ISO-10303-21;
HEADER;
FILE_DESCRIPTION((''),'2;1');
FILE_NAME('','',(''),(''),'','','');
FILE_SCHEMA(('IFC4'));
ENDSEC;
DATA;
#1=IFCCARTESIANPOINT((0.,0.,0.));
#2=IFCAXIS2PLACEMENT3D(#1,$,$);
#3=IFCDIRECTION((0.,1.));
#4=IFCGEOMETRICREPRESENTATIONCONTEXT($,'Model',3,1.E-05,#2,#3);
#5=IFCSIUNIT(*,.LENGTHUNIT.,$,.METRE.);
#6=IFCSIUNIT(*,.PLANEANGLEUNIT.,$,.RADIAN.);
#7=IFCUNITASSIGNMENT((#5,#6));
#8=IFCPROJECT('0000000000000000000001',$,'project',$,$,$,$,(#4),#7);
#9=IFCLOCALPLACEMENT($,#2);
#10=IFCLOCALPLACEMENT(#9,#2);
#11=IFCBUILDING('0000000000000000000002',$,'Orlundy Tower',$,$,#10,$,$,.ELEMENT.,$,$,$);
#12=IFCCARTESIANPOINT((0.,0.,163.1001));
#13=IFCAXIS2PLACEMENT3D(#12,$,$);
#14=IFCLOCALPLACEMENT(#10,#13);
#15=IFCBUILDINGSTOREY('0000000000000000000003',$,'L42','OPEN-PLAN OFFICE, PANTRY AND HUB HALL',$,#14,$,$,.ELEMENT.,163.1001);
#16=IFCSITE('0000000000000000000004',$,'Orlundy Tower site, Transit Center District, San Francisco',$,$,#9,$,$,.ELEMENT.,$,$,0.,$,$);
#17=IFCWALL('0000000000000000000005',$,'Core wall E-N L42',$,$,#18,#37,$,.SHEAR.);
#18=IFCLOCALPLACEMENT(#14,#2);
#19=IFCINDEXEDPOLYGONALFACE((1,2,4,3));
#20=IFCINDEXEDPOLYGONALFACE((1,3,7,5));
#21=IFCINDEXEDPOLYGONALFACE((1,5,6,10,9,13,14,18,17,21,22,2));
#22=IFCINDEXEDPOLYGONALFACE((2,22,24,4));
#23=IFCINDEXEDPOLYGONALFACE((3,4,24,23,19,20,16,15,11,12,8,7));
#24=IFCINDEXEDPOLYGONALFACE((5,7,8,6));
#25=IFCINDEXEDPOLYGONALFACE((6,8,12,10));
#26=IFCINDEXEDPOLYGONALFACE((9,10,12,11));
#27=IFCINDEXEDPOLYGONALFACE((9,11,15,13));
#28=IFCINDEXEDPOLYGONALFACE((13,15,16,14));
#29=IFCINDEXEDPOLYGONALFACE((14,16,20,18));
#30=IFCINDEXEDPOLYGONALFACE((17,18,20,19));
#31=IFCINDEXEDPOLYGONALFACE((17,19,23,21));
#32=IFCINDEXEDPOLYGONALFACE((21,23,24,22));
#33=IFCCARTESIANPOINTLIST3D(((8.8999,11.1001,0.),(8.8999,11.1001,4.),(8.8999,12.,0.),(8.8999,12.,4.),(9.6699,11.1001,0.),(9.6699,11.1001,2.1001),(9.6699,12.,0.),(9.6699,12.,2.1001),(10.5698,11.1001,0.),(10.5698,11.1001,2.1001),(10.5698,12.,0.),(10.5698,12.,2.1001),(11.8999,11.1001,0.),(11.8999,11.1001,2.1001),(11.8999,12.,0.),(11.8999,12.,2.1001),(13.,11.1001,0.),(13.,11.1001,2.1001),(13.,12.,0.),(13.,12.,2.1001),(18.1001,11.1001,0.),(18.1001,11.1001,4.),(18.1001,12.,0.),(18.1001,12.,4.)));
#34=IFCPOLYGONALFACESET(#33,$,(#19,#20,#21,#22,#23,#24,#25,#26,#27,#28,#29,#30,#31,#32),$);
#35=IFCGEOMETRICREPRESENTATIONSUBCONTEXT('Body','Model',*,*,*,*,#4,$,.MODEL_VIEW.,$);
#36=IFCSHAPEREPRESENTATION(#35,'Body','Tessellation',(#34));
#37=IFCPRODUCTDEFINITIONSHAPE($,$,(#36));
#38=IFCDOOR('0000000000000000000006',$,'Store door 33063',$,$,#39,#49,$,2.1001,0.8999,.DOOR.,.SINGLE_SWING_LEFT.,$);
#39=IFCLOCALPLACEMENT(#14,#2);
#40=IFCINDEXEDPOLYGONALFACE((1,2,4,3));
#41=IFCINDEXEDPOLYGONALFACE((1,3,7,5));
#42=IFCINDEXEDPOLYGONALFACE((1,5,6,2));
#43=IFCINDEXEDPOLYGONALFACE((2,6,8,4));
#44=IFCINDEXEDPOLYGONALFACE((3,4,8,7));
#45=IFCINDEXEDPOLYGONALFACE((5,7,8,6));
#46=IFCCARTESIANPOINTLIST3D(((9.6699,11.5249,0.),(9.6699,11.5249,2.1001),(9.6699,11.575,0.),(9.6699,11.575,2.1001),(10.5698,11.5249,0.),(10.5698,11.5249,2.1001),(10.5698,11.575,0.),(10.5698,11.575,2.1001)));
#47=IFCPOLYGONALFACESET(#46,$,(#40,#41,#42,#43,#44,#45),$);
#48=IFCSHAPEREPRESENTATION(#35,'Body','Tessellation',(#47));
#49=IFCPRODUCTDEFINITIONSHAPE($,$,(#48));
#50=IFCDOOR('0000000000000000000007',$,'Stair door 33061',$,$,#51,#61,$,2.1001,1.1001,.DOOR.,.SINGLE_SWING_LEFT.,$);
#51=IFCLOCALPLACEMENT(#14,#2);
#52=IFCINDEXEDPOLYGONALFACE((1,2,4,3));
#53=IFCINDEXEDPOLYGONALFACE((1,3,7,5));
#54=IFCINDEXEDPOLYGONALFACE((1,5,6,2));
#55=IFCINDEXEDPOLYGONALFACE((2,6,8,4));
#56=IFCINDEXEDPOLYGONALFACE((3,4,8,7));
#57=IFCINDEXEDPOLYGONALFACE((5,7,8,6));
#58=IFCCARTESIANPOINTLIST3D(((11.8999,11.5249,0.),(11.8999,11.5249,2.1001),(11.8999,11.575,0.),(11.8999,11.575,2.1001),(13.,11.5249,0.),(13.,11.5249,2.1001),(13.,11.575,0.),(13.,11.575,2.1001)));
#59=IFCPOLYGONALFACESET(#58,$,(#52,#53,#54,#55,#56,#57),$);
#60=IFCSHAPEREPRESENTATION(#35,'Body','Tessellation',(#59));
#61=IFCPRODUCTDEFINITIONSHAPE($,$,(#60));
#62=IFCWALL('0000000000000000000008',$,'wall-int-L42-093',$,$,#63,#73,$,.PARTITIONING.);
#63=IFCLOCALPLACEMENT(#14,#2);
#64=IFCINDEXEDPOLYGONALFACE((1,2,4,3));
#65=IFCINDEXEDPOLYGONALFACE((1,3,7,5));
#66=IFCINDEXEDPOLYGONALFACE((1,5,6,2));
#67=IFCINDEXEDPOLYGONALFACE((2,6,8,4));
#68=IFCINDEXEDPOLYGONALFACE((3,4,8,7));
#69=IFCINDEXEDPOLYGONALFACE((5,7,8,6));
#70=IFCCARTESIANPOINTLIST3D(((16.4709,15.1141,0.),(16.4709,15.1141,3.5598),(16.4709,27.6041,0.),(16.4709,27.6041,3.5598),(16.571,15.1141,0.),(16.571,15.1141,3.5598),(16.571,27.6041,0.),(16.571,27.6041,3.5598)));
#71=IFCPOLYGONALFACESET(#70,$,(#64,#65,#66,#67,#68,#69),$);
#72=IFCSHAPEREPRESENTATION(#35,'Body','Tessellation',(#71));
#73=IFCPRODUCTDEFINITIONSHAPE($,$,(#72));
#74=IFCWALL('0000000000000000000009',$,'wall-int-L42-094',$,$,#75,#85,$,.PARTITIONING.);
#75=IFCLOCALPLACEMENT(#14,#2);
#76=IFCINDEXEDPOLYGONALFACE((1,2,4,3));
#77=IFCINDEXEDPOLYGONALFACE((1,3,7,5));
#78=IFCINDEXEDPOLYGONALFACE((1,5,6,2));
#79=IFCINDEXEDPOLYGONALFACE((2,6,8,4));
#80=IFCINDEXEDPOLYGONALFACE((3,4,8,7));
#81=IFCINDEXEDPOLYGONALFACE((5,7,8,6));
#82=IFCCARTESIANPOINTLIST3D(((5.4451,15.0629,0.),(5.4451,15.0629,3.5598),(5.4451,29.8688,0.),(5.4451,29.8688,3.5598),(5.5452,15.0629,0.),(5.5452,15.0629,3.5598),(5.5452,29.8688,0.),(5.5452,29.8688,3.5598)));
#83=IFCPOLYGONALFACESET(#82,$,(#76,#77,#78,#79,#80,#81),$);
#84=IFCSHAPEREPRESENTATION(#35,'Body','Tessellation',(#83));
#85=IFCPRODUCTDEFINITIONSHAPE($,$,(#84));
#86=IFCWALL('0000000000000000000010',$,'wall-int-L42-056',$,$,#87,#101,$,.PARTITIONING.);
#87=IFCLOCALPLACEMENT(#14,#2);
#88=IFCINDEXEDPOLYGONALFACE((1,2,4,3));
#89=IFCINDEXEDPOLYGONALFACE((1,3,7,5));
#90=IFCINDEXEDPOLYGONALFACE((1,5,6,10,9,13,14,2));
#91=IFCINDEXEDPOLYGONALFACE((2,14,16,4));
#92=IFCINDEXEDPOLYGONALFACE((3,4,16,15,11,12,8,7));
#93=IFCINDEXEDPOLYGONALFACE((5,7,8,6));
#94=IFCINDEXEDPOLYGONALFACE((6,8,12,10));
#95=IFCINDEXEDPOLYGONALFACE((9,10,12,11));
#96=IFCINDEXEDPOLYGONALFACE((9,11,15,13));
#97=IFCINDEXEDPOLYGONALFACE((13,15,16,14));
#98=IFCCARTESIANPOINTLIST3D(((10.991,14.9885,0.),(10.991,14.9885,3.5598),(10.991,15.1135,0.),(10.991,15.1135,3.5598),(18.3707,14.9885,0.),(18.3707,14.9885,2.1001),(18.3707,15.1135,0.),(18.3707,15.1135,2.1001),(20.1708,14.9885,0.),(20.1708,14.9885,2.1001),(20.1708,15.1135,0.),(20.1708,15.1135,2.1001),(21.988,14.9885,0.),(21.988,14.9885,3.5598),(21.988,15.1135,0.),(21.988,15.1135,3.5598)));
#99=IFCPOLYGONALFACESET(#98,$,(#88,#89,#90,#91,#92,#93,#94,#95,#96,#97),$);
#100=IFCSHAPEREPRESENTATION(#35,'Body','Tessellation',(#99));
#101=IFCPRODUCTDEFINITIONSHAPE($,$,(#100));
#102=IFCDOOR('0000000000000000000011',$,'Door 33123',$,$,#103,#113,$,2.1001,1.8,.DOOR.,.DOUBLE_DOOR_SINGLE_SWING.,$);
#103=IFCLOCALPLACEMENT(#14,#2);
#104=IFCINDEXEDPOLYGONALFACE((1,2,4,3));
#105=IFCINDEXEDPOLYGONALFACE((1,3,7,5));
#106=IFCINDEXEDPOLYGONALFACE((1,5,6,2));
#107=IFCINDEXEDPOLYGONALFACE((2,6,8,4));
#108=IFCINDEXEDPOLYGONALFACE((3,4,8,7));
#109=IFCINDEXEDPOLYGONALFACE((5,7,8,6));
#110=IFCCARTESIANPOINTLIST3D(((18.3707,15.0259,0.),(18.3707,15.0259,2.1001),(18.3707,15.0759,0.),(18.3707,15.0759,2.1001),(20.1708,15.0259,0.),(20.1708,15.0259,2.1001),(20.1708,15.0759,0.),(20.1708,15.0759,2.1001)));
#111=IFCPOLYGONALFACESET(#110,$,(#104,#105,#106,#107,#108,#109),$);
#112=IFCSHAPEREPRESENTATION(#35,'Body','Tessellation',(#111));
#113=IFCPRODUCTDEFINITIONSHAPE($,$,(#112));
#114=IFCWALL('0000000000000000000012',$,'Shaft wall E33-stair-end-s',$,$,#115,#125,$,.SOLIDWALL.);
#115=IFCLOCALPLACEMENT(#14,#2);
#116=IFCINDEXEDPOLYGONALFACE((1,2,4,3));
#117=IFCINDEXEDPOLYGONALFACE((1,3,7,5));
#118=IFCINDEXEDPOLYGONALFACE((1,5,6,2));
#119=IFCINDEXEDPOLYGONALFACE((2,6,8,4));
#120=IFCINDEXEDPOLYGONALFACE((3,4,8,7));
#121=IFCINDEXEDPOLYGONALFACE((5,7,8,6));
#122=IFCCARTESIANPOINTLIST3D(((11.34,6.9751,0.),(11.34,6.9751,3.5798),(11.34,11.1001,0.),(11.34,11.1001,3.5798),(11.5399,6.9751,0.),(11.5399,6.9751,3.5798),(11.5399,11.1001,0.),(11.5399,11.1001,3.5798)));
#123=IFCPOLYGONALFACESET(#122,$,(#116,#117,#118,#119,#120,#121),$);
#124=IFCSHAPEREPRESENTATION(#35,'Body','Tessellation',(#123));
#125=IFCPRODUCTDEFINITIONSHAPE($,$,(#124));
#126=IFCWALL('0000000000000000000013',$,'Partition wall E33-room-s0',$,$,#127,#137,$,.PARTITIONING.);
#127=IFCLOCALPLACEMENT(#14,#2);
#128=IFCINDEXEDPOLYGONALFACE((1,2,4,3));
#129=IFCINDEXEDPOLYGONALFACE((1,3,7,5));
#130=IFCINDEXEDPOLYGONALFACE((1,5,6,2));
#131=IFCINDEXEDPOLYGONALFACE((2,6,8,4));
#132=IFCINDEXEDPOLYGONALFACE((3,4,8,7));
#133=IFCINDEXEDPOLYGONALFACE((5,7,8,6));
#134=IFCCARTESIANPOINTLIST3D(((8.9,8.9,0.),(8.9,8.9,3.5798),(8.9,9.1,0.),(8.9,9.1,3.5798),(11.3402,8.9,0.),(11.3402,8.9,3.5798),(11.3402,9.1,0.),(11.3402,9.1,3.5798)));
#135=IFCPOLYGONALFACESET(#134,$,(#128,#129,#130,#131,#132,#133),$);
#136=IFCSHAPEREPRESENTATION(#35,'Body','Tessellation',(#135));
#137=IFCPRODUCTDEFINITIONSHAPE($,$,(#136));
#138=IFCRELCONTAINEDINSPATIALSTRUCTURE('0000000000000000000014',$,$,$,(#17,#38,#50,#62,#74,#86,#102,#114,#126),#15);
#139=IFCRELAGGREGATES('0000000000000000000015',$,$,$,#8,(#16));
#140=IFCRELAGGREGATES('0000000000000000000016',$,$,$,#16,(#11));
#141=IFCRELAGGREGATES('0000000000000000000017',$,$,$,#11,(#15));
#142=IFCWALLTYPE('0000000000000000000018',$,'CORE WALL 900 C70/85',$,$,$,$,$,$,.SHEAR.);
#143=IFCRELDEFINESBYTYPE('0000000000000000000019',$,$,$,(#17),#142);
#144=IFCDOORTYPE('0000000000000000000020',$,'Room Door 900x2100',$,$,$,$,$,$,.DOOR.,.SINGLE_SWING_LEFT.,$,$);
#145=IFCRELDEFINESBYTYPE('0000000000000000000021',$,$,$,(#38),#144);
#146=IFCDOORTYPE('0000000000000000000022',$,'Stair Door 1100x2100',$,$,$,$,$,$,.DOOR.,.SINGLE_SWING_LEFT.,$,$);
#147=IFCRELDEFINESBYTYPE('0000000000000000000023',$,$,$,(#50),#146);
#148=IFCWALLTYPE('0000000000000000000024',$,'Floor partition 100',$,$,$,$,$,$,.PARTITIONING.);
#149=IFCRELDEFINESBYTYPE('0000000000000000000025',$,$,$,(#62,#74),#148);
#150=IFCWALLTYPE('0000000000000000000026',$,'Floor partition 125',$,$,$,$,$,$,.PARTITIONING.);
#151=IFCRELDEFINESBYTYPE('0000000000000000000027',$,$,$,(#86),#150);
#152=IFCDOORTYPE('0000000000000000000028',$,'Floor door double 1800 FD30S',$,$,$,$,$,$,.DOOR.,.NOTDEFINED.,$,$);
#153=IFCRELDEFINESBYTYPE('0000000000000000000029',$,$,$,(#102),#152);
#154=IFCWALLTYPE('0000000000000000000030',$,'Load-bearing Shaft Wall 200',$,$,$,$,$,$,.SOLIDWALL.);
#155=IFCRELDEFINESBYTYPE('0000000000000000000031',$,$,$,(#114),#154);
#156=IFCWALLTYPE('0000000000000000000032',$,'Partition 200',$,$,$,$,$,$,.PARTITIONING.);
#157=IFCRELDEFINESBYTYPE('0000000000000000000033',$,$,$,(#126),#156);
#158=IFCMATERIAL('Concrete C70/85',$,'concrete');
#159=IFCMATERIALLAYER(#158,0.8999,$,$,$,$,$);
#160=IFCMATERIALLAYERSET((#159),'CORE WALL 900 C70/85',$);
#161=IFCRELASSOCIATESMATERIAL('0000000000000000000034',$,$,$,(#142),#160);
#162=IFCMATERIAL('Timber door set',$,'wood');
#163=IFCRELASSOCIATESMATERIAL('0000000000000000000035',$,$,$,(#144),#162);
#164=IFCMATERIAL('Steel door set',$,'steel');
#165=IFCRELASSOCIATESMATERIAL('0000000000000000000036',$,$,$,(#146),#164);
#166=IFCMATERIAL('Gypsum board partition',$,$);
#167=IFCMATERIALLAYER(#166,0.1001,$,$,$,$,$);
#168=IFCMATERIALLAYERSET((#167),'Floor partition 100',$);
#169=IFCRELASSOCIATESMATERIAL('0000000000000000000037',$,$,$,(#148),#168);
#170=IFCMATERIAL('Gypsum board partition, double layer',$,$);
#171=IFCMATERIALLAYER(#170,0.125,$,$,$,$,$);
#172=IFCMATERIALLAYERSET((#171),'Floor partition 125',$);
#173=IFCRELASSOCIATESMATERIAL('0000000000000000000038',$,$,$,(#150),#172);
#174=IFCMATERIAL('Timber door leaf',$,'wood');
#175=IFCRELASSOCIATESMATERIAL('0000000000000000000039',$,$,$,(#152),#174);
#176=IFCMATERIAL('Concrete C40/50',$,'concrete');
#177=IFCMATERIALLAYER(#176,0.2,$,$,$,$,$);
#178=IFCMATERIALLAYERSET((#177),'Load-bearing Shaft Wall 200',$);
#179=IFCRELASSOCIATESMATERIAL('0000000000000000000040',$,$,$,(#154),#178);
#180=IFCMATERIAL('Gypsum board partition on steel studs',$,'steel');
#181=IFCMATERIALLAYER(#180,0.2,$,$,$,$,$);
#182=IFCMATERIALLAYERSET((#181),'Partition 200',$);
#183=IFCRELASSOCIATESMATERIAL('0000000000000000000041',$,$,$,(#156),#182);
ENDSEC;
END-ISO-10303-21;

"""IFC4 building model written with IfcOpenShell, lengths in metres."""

from ifc_helpers import new_model, si_unit, direction, frame, frame_2d, origin, place, context, subcontext, project, spatial, rectangle, extrude, material, layer, layer_set, type_object, element, fill, save


model = new_model("IFC4")

# Units and contexts
model_context = context("Model", 3, precision=1e-05, world=origin(), true_north=direction((0.0, 1.0)))
body_context = subcontext(model_context, "Body", "Model", "MODEL_VIEW")
ifc_project = project(units=[si_unit("LENGTHUNIT", "METRE"), si_unit("PLANEANGLEUNIT", "RADIAN")], contexts=[model_context])

# Site, building, storey
site_placement = place(None, origin())
site = spatial("IfcSite", under=ifc_project, at=site_placement, Name="Orlundy Tower site, Transit Center District, San Francisco", CompositionType="ELEMENT", RefElevation=0.0)
building_placement = place(site_placement, origin())
building = spatial("IfcBuilding", under=site, at=building_placement, Name="Orlundy Tower", CompositionType="ELEMENT")
storey_placement = place(building_placement, frame((0.0, 0.0, 163.1001)))
storey = spatial("IfcBuildingStorey", under=building, at=storey_placement, Name="L42", Description="OPEN-PLAN OFFICE, PANTRY AND HUB HALL", CompositionType="ELEMENT", Elevation=163.1001)

# Wall, openings, doors
ifc_material_1 = material(Name="Concrete C70/85", Category="concrete")
ifc_layer_1 = layer(ifc_material_1, 0.8999)
ifc_layer_set_1 = layer_set([ifc_layer_1], Name="CORE WALL 900 C70/85")
wall_type_1 = type_object("IfcWallType", Name="CORE WALL 900 C70/85", PredefinedType="SHEAR", material=ifc_layer_set_1)
wall_1_placement = place(storey_placement, frame((8.8999, 11.55, 0.0), z_axis=(0.0, 0.0, 1.0), x_axis=(1.0, 0.0, 0.0)))
wall_1 = element("IfcWall", 1, at=wall_1_placement, inside=storey, type_object=wall_type_1, Name="Core wall E-N L42", PredefinedType="SHEAR", context=body_context, shape_type="SweptSolid", body=[
    extrude(rectangle(XDim=9.2002, YDim=0.8999, at=frame_2d((4.6001, 0.0))), origin(), (0.0, 0.0, 1.0), 4.0),
])
opening_1_placement = place(wall_1_placement, frame((3.0, 0.0, 0.0)))
opening_1 = element("IfcOpeningElement", 2, at=opening_1_placement, cuts=wall_1, PredefinedType="OPENING", context=body_context, shape_type="SweptSolid", body=[
    extrude(rectangle(XDim=1.1001, YDim=2.1001, at=frame_2d((0.55, 1.05))), frame((0.0, 0.46, 0.0), z_axis=(0.0, -1.0, 0.0), x_axis=(1.0, 0.0, 0.0)), (0.0, 0.0, 1.0), 0.9199),
])
opening_2_placement = place(wall_1_placement, frame((0.77, 0.0, 0.0)))
opening_2 = element("IfcOpeningElement", 3, at=opening_2_placement, cuts=wall_1, PredefinedType="OPENING", context=body_context, shape_type="SweptSolid", body=[
    extrude(rectangle(XDim=0.8999, YDim=2.1001, at=frame_2d((0.45, 1.05))), frame((0.0, 0.46, 0.0), z_axis=(0.0, -1.0, 0.0), x_axis=(1.0, 0.0, 0.0)), (0.0, 0.0, 1.0), 0.9199),
])
ifc_material_2 = material(Name="Timber door set", Category="wood")
door_type_1 = type_object("IfcDoorType", Name="Room Door 900x2100", OperationType="SINGLE_SWING_LEFT", PredefinedType="DOOR", material=ifc_material_2)
door_1_placement = place(opening_2_placement, origin())
door_1 = element("IfcDoor", 4, at=door_1_placement, inside=storey, type_object=door_type_1, Name="Store door 33063", OperationType="SINGLE_SWING_LEFT", OverallHeight=2.1001, OverallWidth=0.8999, PredefinedType="DOOR", context=body_context, shape_type="SweptSolid", body=[
    extrude(rectangle(XDim=0.8999, YDim=2.1001, at=frame_2d((0.45, 1.05))), frame((0.0, 0.0249, 0.0), z_axis=(0.0, -1.0, 0.0), x_axis=(1.0, 0.0, 0.0)), (0.0, 0.0, 1.0), 0.05),
])
fill(opening_2, door_1)
ifc_material_3 = material(Name="Steel door set", Category="steel")
door_type_2 = type_object("IfcDoorType", Name="Stair Door 1100x2100", OperationType="SINGLE_SWING_LEFT", PredefinedType="DOOR", material=ifc_material_3)
door_2_placement = place(opening_1_placement, origin())
door_2 = element("IfcDoor", 5, at=door_2_placement, inside=storey, type_object=door_type_2, Name="Stair door 33061", OperationType="SINGLE_SWING_LEFT", OverallHeight=2.1001, OverallWidth=1.1001, PredefinedType="DOOR", context=body_context, shape_type="SweptSolid", body=[
    extrude(rectangle(XDim=1.1001, YDim=2.1001, at=frame_2d((0.55, 1.05))), frame((0.0, 0.0249, 0.0), z_axis=(0.0, -1.0, 0.0), x_axis=(1.0, 0.0, 0.0)), (0.0, 0.0, 1.0), 0.05),
])
fill(opening_1, door_2)

# Walls
ifc_material_4 = material(Name="Gypsum board partition")
ifc_layer_2 = layer(ifc_material_4, 0.1001)
ifc_layer_set_2 = layer_set([ifc_layer_2], Name="Floor partition 100")
wall_type_2 = type_object("IfcWallType", Name="Floor partition 100", PredefinedType="PARTITIONING", material=ifc_layer_set_2)
wall_2_placement = place(storey_placement, frame((16.521, 15.114, 0.0), z_axis=(0.0, 0.0, 1.0), x_axis=(0.0, 1.0, 0.0)))
element("IfcWall", 6, at=wall_2_placement, inside=storey, type_object=wall_type_2, Name="wall-int-L42-093", PredefinedType="PARTITIONING", context=body_context, shape_type="SweptSolid", body=[
    extrude(rectangle(XDim=12.49, YDim=0.1001, at=frame_2d((6.2451, 0.0))), origin(), (0.0, 0.0, 1.0), 3.5598),
])
wall_3_placement = place(storey_placement, frame((5.4951, 15.063, 0.0), z_axis=(0.0, 0.0, 1.0), x_axis=(0.0, 1.0, 0.0)))
element("IfcWall", 7, at=wall_3_placement, inside=storey, type_object=wall_type_2, Name="wall-int-L42-094", PredefinedType="PARTITIONING", context=body_context, shape_type="SweptSolid", body=[
    extrude(rectangle(XDim=14.8059, YDim=0.1001, at=frame_2d((7.4028, 0.0))), origin(), (0.0, 0.0, 1.0), 3.5598),
])

# Wall, opening, door
ifc_material_5 = material(Name="Gypsum board partition, double layer")
ifc_layer_3 = layer(ifc_material_5, 0.125)
ifc_layer_set_3 = layer_set([ifc_layer_3], Name="Floor partition 125")
wall_type_3 = type_object("IfcWallType", Name="Floor partition 125", PredefinedType="PARTITIONING", material=ifc_layer_set_3)
wall_4_placement = place(storey_placement, frame((10.991, 15.051, 0.0), z_axis=(0.0, 0.0, 1.0), x_axis=(1.0, 0.0, 0.0)))
wall_4 = element("IfcWall", 8, at=wall_4_placement, inside=storey, type_object=wall_type_3, Name="wall-int-L42-056", PredefinedType="PARTITIONING", context=body_context, shape_type="SweptSolid", body=[
    extrude(rectangle(XDim=10.9971, YDim=0.125, at=frame_2d((5.4985, 0.0))), origin(), (0.0, 0.0, 1.0), 3.5598),
])
opening_3_placement = place(wall_4_placement, frame((7.3799, 0.0, 0.0)))
opening_3 = element("IfcOpeningElement", 9, at=opening_3_placement, cuts=wall_4, PredefinedType="OPENING", context=body_context, shape_type="SweptSolid", body=[
    extrude(rectangle(XDim=1.8, YDim=2.1001, at=frame_2d((0.8999, 1.05))), frame((0.0, 0.0725, 0.0), z_axis=(0.0, -1.0, 0.0), x_axis=(1.0, 0.0, 0.0)), (0.0, 0.0, 1.0), 0.145),
])
ifc_material_6 = material(Name="Timber door leaf", Category="wood")
door_type_3 = type_object("IfcDoorType", Name="Floor door double 1800 FD30S", OperationType="NOTDEFINED", PredefinedType="DOOR", material=ifc_material_6)
door_3_placement = place(opening_3_placement, origin())
door_3 = element("IfcDoor", 10, at=door_3_placement, inside=storey, type_object=door_type_3, Name="Door 33123", OperationType="DOUBLE_DOOR_SINGLE_SWING", OverallHeight=2.1001, OverallWidth=1.8, PredefinedType="DOOR", context=body_context, shape_type="SweptSolid", body=[
    extrude(rectangle(XDim=1.8, YDim=2.1001, at=frame_2d((0.8999, 1.05))), frame((0.0, 0.0249, 0.0), z_axis=(0.0, -1.0, 0.0), x_axis=(1.0, 0.0, 0.0)), (0.0, 0.0, 1.0), 0.05),
])
fill(opening_3, door_3)

# Walls
ifc_material_7 = material(Name="Concrete C40/50", Category="concrete")
ifc_layer_4 = layer(ifc_material_7, 0.2)
ifc_layer_set_4 = layer_set([ifc_layer_4], Name="Load-bearing Shaft Wall 200")
wall_type_4 = type_object("IfcWallType", Name="Load-bearing Shaft Wall 200", PredefinedType="SOLIDWALL", material=ifc_layer_set_4)
wall_5_placement = place(storey_placement, frame((11.4399, 11.1001, 0.0), z_axis=(0.0, 0.0, 1.0), x_axis=(0.0, -1.0, 0.0)))
element("IfcWall", 11, at=wall_5_placement, inside=storey, type_object=wall_type_4, Name="Shaft wall E33-stair-end-s", PredefinedType="SOLIDWALL", context=body_context, shape_type="SweptSolid", body=[
    extrude(rectangle(XDim=4.125, YDim=0.2, at=frame_2d((2.0625, 0.0))), origin(), (0.0, 0.0, 1.0), 3.5798),
])
ifc_material_8 = material(Name="Gypsum board partition on steel studs", Category="steel")
ifc_layer_5 = layer(ifc_material_8, 0.2)
ifc_layer_set_5 = layer_set([ifc_layer_5], Name="Partition 200")
wall_type_5 = type_object("IfcWallType", Name="Partition 200", PredefinedType="PARTITIONING", material=ifc_layer_set_5)
wall_6_placement = place(storey_placement, frame((8.8999, 9.0, 0.0), z_axis=(0.0, 0.0, 1.0), x_axis=(1.0, 0.0, 0.0)))
element("IfcWall", 12, at=wall_6_placement, inside=storey, type_object=wall_type_5, Name="Partition wall E33-room-s0", PredefinedType="PARTITIONING", context=body_context, shape_type="SweptSolid", body=[
    extrude(rectangle(XDim=2.4402, YDim=0.2, at=frame_2d((1.2202, 0.0))), origin(), (0.0, 0.0, 1.0), 3.5798),
])

save(model, "model.ifc")
